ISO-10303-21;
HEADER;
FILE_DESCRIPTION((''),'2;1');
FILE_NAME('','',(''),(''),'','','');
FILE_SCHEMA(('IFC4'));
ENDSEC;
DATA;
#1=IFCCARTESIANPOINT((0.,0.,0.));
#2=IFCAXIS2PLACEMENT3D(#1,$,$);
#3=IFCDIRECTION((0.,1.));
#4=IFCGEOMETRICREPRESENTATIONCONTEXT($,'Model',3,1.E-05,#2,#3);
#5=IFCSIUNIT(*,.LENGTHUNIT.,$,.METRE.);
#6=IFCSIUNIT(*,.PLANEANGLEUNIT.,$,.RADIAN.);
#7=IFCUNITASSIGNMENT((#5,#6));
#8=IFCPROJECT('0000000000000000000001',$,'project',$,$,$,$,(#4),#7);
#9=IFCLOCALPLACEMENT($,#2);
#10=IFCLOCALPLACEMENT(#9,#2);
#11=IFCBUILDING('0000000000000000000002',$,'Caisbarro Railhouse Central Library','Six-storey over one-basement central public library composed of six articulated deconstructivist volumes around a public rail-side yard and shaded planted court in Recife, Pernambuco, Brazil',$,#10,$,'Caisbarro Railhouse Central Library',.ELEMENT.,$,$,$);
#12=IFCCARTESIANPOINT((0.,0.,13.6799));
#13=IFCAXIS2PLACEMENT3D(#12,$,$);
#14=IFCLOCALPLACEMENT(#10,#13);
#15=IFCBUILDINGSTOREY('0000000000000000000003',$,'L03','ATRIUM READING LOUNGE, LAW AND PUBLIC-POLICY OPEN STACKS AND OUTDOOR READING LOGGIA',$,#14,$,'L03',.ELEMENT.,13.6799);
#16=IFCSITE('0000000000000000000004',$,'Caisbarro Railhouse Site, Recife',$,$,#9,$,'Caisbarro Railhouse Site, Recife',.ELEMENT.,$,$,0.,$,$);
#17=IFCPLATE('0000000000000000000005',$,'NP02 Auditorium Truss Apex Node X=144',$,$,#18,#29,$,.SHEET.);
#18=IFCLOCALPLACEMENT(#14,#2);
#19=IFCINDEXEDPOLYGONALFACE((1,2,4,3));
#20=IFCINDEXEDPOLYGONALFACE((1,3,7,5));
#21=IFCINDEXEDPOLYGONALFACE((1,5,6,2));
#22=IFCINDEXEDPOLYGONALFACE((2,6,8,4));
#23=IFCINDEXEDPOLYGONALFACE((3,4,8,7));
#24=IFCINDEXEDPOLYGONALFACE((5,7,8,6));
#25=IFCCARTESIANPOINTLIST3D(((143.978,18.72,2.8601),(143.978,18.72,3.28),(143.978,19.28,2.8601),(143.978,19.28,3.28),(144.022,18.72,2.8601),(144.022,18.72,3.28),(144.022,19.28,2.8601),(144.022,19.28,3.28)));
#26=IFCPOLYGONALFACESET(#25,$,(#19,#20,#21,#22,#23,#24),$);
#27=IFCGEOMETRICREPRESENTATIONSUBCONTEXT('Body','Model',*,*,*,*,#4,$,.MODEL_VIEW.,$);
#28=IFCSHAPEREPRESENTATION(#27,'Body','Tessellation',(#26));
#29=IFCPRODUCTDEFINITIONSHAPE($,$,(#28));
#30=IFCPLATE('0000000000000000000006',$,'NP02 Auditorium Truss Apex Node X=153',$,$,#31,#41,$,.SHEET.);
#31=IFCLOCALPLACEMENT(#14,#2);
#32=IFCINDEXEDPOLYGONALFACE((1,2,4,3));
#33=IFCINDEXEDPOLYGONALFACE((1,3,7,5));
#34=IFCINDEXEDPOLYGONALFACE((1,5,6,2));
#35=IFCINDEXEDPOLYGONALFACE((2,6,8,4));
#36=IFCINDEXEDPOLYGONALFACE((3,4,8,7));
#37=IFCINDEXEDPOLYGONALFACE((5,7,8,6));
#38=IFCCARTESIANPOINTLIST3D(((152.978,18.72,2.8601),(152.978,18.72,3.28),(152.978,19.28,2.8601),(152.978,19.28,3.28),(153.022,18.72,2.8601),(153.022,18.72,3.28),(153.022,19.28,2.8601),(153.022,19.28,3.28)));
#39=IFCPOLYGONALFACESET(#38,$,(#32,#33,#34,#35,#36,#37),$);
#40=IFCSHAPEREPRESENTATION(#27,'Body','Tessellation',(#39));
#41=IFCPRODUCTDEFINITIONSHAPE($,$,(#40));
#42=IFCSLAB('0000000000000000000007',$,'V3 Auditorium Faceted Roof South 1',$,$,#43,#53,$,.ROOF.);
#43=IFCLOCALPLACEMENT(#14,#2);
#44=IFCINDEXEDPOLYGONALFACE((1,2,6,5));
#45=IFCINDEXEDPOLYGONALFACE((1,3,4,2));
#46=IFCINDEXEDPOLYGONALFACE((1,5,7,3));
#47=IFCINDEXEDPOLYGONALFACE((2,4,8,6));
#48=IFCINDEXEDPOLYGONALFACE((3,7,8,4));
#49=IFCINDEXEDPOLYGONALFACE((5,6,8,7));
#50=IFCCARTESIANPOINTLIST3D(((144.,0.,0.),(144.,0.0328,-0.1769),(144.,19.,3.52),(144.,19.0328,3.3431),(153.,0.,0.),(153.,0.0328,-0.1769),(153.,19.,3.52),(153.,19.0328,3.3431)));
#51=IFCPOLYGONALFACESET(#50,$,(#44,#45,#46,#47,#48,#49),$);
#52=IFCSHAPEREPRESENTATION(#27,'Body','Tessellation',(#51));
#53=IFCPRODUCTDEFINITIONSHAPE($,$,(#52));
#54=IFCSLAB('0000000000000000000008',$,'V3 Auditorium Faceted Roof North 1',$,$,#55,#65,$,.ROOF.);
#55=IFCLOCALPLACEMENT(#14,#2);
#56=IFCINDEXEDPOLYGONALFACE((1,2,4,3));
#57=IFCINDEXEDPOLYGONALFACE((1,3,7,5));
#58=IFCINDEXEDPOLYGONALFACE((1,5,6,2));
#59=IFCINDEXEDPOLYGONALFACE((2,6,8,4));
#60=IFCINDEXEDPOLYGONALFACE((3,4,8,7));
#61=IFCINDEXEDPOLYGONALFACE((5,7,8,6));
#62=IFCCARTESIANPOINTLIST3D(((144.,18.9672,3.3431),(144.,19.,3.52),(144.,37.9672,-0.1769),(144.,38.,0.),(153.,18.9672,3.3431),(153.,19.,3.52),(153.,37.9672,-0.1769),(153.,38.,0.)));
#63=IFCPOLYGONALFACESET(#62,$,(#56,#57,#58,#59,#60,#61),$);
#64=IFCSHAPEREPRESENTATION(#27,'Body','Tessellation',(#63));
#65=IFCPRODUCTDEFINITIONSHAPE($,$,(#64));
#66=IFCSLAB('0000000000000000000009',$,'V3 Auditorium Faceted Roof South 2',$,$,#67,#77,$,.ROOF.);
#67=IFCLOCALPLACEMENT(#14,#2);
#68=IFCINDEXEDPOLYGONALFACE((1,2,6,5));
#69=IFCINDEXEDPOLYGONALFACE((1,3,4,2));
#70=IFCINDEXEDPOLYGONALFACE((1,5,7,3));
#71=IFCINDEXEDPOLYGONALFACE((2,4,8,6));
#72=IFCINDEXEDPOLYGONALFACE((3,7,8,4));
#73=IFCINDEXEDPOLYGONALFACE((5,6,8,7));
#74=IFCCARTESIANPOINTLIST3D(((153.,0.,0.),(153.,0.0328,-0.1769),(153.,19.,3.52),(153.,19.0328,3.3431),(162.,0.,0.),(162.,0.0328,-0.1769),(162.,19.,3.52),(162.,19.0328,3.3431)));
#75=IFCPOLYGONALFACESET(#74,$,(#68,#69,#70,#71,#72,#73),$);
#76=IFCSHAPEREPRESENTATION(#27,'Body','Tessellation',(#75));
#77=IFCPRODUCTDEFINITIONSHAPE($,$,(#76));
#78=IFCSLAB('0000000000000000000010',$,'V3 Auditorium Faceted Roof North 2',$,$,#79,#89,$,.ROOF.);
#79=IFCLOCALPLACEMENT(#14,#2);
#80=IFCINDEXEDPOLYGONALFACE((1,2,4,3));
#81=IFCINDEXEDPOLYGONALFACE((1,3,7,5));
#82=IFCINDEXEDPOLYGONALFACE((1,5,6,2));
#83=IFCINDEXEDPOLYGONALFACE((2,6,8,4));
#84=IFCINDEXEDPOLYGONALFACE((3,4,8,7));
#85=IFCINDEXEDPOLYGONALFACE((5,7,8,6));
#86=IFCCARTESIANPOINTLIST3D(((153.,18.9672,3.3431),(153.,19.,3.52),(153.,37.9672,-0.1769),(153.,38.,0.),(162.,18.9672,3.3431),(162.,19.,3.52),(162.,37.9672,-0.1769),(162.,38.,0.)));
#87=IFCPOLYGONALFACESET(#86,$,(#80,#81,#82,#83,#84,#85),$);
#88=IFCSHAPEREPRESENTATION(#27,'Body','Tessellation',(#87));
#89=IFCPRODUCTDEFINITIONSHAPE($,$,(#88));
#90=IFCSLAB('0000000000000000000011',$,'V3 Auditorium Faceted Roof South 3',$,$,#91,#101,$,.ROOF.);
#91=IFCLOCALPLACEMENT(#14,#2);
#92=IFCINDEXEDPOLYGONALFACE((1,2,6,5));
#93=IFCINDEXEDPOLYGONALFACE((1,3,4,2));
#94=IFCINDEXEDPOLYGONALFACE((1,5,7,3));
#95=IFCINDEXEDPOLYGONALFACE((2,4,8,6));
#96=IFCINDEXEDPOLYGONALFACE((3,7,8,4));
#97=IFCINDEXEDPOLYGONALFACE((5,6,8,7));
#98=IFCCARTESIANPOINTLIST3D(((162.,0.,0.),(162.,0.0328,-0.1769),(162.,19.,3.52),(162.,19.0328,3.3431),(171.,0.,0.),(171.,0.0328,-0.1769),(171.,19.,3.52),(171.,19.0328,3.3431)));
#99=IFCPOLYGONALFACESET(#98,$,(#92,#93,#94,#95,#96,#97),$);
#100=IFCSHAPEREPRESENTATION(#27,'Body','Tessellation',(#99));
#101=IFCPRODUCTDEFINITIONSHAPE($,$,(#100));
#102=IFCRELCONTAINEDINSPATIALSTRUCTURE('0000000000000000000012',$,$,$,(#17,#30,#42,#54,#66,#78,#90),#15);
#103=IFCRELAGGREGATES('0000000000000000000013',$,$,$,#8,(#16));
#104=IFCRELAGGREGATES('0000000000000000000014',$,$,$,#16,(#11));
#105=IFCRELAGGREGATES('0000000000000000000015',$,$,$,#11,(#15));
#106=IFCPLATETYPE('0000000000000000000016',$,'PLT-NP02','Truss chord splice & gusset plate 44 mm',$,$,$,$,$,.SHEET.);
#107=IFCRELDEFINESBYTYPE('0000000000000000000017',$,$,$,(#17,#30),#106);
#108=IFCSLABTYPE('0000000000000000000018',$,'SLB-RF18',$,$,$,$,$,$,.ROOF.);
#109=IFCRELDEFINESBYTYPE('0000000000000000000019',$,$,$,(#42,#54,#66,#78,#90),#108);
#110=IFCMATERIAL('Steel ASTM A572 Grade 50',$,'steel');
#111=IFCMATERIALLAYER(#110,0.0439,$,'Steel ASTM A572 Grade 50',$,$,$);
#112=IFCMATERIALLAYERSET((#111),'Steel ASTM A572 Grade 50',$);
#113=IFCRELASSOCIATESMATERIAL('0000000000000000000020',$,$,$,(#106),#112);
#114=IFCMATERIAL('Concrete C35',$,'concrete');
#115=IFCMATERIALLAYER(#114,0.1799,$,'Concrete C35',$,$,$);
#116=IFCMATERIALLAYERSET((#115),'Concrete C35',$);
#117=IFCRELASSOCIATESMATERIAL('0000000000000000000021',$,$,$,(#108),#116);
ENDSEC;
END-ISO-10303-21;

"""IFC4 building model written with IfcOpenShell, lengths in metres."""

from ifc_helpers import new_model, si_unit, direction, frame, origin, origin_2d, place, context, subcontext, project, spatial, polyline, rectangle, outline, extrude, material, layer, layer_set, type_object, element, save


model = new_model("IFC4")

# Units and contexts
model_context = context("Model", 3, precision=1e-05, world=origin(), true_north=direction((0.0, 1.0)))
body_context = subcontext(model_context, "Body", "Model", "MODEL_VIEW")
ifc_project = project(units=[si_unit("LENGTHUNIT", "METRE"), si_unit("PLANEANGLEUNIT", "RADIAN")], contexts=[model_context])

# Site, building, storey
site_placement = place(None, origin())
site = spatial("IfcSite", under=ifc_project, at=site_placement, Name="Caisbarro Railhouse Site, Recife", LongName="Caisbarro Railhouse Site, Recife", CompositionType="ELEMENT", RefElevation=0.0)
building_placement = place(site_placement, origin())
building = spatial("IfcBuilding", under=site, at=building_placement, Name="Caisbarro Railhouse Central Library", Description="Six-storey over one-basement central public library composed of six articulated deconstructivist volumes around a public rail-side yard and shaded planted court in Recife, Pernambuco, Brazil", LongName="Caisbarro Railhouse Central Library", CompositionType="ELEMENT")
storey_placement = place(building_placement, frame((0.0, 0.0, 13.6799)))
storey = spatial("IfcBuildingStorey", under=building, at=storey_placement, Name="L03", Description="ATRIUM READING LOUNGE, LAW AND PUBLIC-POLICY OPEN STACKS AND OUTDOOR READING LOGGIA", LongName="L03", CompositionType="ELEMENT", Elevation=13.6799)

# Shared definitions
ifc_material_1 = material(Name="Steel ASTM A572 Grade 50", Category="steel")

# Plates
ifc_layer_1 = layer(ifc_material_1, 0.0439, Name="Steel ASTM A572 Grade 50")
ifc_layer_set_1 = layer_set([ifc_layer_1], Name="Steel ASTM A572 Grade 50")
plate_type_1 = type_object("IfcPlateType", Name="PLT-NP02", Description="Truss chord splice & gusset plate 44 mm", PredefinedType="SHEET", material=ifc_layer_set_1)
for number, where, z_axis, x_axis, name in (
    (1, (144.0, 19.0, 2.8601), (0.0, 0.0, 1.0), (1.0, 0.0, 0.0), "NP02 Auditorium Truss Apex Node X=144"),
    (2, (153.0, 19.0, 2.8601), (0.0, 0.0, 1.0), (1.0, 0.0, 0.0), "NP02 Auditorium Truss Apex Node X=153"),
):
    element("IfcPlate", number, at=place(storey_placement, frame(where, z_axis=z_axis, x_axis=x_axis)), inside=storey, type_object=plate_type_1, Name=name, PredefinedType="SHEET", context=body_context, shape_type="SweptSolid", body=[
        extrude(rectangle(XDim=0.0439, YDim=0.5601, at=origin_2d()), origin(), (0.0, 0.0, 1.0), 0.4199),
    ])

# Slabs
ifc_material_2 = material(Name="Concrete C35", Category="concrete")
ifc_layer_2 = layer(ifc_material_2, 0.1799, Name="Concrete C35")
ifc_layer_set_2 = layer_set([ifc_layer_2], Name="Concrete C35")
slab_type = type_object("IfcSlabType", Name="SLB-RF18", PredefinedType="ROOF", material=ifc_layer_set_2)
for number, where, z_axis, x_axis, name in (
    (3, (144.0, 0.0, 0.0), (0.0, -0.182164, 0.983268), (1.0, 0.0, 0.0), "V3 Auditorium Faceted Roof South 1"),
    (4, (144.0, 19.0, 3.52), (0.0, 0.182164, 0.983268), (1.0, 0.0, 0.0), "V3 Auditorium Faceted Roof North 1"),
    (5, (153.0, 0.0, 0.0), (0.0, -0.182164, 0.983268), (1.0, 0.0, 0.0), "V3 Auditorium Faceted Roof South 2"),
    (6, (153.0, 19.0, 3.52), (0.0, 0.182164, 0.983268), (1.0, 0.0, 0.0), "V3 Auditorium Faceted Roof North 2"),
    (7, (162.0, 0.0, 0.0), (0.0, -0.182164, 0.983268), (1.0, 0.0, 0.0), "V3 Auditorium Faceted Roof South 3"),
):
    element("IfcSlab", number, at=place(storey_placement, frame(where, z_axis=z_axis, x_axis=x_axis)), inside=storey, type_object=slab_type, Name=name, PredefinedType="ROOF", context=body_context, shape_type="SweptSolid", body=[
        extrude(outline(polyline([(0.0, 0.0), (9.0, 0.0), (9.0, 19.3233), (0.0, 19.3233), (0.0, 0.0)])), origin(), (0.0, 0.0, -1.0), 0.1799),
    ])

save(model, "model.ifc")
